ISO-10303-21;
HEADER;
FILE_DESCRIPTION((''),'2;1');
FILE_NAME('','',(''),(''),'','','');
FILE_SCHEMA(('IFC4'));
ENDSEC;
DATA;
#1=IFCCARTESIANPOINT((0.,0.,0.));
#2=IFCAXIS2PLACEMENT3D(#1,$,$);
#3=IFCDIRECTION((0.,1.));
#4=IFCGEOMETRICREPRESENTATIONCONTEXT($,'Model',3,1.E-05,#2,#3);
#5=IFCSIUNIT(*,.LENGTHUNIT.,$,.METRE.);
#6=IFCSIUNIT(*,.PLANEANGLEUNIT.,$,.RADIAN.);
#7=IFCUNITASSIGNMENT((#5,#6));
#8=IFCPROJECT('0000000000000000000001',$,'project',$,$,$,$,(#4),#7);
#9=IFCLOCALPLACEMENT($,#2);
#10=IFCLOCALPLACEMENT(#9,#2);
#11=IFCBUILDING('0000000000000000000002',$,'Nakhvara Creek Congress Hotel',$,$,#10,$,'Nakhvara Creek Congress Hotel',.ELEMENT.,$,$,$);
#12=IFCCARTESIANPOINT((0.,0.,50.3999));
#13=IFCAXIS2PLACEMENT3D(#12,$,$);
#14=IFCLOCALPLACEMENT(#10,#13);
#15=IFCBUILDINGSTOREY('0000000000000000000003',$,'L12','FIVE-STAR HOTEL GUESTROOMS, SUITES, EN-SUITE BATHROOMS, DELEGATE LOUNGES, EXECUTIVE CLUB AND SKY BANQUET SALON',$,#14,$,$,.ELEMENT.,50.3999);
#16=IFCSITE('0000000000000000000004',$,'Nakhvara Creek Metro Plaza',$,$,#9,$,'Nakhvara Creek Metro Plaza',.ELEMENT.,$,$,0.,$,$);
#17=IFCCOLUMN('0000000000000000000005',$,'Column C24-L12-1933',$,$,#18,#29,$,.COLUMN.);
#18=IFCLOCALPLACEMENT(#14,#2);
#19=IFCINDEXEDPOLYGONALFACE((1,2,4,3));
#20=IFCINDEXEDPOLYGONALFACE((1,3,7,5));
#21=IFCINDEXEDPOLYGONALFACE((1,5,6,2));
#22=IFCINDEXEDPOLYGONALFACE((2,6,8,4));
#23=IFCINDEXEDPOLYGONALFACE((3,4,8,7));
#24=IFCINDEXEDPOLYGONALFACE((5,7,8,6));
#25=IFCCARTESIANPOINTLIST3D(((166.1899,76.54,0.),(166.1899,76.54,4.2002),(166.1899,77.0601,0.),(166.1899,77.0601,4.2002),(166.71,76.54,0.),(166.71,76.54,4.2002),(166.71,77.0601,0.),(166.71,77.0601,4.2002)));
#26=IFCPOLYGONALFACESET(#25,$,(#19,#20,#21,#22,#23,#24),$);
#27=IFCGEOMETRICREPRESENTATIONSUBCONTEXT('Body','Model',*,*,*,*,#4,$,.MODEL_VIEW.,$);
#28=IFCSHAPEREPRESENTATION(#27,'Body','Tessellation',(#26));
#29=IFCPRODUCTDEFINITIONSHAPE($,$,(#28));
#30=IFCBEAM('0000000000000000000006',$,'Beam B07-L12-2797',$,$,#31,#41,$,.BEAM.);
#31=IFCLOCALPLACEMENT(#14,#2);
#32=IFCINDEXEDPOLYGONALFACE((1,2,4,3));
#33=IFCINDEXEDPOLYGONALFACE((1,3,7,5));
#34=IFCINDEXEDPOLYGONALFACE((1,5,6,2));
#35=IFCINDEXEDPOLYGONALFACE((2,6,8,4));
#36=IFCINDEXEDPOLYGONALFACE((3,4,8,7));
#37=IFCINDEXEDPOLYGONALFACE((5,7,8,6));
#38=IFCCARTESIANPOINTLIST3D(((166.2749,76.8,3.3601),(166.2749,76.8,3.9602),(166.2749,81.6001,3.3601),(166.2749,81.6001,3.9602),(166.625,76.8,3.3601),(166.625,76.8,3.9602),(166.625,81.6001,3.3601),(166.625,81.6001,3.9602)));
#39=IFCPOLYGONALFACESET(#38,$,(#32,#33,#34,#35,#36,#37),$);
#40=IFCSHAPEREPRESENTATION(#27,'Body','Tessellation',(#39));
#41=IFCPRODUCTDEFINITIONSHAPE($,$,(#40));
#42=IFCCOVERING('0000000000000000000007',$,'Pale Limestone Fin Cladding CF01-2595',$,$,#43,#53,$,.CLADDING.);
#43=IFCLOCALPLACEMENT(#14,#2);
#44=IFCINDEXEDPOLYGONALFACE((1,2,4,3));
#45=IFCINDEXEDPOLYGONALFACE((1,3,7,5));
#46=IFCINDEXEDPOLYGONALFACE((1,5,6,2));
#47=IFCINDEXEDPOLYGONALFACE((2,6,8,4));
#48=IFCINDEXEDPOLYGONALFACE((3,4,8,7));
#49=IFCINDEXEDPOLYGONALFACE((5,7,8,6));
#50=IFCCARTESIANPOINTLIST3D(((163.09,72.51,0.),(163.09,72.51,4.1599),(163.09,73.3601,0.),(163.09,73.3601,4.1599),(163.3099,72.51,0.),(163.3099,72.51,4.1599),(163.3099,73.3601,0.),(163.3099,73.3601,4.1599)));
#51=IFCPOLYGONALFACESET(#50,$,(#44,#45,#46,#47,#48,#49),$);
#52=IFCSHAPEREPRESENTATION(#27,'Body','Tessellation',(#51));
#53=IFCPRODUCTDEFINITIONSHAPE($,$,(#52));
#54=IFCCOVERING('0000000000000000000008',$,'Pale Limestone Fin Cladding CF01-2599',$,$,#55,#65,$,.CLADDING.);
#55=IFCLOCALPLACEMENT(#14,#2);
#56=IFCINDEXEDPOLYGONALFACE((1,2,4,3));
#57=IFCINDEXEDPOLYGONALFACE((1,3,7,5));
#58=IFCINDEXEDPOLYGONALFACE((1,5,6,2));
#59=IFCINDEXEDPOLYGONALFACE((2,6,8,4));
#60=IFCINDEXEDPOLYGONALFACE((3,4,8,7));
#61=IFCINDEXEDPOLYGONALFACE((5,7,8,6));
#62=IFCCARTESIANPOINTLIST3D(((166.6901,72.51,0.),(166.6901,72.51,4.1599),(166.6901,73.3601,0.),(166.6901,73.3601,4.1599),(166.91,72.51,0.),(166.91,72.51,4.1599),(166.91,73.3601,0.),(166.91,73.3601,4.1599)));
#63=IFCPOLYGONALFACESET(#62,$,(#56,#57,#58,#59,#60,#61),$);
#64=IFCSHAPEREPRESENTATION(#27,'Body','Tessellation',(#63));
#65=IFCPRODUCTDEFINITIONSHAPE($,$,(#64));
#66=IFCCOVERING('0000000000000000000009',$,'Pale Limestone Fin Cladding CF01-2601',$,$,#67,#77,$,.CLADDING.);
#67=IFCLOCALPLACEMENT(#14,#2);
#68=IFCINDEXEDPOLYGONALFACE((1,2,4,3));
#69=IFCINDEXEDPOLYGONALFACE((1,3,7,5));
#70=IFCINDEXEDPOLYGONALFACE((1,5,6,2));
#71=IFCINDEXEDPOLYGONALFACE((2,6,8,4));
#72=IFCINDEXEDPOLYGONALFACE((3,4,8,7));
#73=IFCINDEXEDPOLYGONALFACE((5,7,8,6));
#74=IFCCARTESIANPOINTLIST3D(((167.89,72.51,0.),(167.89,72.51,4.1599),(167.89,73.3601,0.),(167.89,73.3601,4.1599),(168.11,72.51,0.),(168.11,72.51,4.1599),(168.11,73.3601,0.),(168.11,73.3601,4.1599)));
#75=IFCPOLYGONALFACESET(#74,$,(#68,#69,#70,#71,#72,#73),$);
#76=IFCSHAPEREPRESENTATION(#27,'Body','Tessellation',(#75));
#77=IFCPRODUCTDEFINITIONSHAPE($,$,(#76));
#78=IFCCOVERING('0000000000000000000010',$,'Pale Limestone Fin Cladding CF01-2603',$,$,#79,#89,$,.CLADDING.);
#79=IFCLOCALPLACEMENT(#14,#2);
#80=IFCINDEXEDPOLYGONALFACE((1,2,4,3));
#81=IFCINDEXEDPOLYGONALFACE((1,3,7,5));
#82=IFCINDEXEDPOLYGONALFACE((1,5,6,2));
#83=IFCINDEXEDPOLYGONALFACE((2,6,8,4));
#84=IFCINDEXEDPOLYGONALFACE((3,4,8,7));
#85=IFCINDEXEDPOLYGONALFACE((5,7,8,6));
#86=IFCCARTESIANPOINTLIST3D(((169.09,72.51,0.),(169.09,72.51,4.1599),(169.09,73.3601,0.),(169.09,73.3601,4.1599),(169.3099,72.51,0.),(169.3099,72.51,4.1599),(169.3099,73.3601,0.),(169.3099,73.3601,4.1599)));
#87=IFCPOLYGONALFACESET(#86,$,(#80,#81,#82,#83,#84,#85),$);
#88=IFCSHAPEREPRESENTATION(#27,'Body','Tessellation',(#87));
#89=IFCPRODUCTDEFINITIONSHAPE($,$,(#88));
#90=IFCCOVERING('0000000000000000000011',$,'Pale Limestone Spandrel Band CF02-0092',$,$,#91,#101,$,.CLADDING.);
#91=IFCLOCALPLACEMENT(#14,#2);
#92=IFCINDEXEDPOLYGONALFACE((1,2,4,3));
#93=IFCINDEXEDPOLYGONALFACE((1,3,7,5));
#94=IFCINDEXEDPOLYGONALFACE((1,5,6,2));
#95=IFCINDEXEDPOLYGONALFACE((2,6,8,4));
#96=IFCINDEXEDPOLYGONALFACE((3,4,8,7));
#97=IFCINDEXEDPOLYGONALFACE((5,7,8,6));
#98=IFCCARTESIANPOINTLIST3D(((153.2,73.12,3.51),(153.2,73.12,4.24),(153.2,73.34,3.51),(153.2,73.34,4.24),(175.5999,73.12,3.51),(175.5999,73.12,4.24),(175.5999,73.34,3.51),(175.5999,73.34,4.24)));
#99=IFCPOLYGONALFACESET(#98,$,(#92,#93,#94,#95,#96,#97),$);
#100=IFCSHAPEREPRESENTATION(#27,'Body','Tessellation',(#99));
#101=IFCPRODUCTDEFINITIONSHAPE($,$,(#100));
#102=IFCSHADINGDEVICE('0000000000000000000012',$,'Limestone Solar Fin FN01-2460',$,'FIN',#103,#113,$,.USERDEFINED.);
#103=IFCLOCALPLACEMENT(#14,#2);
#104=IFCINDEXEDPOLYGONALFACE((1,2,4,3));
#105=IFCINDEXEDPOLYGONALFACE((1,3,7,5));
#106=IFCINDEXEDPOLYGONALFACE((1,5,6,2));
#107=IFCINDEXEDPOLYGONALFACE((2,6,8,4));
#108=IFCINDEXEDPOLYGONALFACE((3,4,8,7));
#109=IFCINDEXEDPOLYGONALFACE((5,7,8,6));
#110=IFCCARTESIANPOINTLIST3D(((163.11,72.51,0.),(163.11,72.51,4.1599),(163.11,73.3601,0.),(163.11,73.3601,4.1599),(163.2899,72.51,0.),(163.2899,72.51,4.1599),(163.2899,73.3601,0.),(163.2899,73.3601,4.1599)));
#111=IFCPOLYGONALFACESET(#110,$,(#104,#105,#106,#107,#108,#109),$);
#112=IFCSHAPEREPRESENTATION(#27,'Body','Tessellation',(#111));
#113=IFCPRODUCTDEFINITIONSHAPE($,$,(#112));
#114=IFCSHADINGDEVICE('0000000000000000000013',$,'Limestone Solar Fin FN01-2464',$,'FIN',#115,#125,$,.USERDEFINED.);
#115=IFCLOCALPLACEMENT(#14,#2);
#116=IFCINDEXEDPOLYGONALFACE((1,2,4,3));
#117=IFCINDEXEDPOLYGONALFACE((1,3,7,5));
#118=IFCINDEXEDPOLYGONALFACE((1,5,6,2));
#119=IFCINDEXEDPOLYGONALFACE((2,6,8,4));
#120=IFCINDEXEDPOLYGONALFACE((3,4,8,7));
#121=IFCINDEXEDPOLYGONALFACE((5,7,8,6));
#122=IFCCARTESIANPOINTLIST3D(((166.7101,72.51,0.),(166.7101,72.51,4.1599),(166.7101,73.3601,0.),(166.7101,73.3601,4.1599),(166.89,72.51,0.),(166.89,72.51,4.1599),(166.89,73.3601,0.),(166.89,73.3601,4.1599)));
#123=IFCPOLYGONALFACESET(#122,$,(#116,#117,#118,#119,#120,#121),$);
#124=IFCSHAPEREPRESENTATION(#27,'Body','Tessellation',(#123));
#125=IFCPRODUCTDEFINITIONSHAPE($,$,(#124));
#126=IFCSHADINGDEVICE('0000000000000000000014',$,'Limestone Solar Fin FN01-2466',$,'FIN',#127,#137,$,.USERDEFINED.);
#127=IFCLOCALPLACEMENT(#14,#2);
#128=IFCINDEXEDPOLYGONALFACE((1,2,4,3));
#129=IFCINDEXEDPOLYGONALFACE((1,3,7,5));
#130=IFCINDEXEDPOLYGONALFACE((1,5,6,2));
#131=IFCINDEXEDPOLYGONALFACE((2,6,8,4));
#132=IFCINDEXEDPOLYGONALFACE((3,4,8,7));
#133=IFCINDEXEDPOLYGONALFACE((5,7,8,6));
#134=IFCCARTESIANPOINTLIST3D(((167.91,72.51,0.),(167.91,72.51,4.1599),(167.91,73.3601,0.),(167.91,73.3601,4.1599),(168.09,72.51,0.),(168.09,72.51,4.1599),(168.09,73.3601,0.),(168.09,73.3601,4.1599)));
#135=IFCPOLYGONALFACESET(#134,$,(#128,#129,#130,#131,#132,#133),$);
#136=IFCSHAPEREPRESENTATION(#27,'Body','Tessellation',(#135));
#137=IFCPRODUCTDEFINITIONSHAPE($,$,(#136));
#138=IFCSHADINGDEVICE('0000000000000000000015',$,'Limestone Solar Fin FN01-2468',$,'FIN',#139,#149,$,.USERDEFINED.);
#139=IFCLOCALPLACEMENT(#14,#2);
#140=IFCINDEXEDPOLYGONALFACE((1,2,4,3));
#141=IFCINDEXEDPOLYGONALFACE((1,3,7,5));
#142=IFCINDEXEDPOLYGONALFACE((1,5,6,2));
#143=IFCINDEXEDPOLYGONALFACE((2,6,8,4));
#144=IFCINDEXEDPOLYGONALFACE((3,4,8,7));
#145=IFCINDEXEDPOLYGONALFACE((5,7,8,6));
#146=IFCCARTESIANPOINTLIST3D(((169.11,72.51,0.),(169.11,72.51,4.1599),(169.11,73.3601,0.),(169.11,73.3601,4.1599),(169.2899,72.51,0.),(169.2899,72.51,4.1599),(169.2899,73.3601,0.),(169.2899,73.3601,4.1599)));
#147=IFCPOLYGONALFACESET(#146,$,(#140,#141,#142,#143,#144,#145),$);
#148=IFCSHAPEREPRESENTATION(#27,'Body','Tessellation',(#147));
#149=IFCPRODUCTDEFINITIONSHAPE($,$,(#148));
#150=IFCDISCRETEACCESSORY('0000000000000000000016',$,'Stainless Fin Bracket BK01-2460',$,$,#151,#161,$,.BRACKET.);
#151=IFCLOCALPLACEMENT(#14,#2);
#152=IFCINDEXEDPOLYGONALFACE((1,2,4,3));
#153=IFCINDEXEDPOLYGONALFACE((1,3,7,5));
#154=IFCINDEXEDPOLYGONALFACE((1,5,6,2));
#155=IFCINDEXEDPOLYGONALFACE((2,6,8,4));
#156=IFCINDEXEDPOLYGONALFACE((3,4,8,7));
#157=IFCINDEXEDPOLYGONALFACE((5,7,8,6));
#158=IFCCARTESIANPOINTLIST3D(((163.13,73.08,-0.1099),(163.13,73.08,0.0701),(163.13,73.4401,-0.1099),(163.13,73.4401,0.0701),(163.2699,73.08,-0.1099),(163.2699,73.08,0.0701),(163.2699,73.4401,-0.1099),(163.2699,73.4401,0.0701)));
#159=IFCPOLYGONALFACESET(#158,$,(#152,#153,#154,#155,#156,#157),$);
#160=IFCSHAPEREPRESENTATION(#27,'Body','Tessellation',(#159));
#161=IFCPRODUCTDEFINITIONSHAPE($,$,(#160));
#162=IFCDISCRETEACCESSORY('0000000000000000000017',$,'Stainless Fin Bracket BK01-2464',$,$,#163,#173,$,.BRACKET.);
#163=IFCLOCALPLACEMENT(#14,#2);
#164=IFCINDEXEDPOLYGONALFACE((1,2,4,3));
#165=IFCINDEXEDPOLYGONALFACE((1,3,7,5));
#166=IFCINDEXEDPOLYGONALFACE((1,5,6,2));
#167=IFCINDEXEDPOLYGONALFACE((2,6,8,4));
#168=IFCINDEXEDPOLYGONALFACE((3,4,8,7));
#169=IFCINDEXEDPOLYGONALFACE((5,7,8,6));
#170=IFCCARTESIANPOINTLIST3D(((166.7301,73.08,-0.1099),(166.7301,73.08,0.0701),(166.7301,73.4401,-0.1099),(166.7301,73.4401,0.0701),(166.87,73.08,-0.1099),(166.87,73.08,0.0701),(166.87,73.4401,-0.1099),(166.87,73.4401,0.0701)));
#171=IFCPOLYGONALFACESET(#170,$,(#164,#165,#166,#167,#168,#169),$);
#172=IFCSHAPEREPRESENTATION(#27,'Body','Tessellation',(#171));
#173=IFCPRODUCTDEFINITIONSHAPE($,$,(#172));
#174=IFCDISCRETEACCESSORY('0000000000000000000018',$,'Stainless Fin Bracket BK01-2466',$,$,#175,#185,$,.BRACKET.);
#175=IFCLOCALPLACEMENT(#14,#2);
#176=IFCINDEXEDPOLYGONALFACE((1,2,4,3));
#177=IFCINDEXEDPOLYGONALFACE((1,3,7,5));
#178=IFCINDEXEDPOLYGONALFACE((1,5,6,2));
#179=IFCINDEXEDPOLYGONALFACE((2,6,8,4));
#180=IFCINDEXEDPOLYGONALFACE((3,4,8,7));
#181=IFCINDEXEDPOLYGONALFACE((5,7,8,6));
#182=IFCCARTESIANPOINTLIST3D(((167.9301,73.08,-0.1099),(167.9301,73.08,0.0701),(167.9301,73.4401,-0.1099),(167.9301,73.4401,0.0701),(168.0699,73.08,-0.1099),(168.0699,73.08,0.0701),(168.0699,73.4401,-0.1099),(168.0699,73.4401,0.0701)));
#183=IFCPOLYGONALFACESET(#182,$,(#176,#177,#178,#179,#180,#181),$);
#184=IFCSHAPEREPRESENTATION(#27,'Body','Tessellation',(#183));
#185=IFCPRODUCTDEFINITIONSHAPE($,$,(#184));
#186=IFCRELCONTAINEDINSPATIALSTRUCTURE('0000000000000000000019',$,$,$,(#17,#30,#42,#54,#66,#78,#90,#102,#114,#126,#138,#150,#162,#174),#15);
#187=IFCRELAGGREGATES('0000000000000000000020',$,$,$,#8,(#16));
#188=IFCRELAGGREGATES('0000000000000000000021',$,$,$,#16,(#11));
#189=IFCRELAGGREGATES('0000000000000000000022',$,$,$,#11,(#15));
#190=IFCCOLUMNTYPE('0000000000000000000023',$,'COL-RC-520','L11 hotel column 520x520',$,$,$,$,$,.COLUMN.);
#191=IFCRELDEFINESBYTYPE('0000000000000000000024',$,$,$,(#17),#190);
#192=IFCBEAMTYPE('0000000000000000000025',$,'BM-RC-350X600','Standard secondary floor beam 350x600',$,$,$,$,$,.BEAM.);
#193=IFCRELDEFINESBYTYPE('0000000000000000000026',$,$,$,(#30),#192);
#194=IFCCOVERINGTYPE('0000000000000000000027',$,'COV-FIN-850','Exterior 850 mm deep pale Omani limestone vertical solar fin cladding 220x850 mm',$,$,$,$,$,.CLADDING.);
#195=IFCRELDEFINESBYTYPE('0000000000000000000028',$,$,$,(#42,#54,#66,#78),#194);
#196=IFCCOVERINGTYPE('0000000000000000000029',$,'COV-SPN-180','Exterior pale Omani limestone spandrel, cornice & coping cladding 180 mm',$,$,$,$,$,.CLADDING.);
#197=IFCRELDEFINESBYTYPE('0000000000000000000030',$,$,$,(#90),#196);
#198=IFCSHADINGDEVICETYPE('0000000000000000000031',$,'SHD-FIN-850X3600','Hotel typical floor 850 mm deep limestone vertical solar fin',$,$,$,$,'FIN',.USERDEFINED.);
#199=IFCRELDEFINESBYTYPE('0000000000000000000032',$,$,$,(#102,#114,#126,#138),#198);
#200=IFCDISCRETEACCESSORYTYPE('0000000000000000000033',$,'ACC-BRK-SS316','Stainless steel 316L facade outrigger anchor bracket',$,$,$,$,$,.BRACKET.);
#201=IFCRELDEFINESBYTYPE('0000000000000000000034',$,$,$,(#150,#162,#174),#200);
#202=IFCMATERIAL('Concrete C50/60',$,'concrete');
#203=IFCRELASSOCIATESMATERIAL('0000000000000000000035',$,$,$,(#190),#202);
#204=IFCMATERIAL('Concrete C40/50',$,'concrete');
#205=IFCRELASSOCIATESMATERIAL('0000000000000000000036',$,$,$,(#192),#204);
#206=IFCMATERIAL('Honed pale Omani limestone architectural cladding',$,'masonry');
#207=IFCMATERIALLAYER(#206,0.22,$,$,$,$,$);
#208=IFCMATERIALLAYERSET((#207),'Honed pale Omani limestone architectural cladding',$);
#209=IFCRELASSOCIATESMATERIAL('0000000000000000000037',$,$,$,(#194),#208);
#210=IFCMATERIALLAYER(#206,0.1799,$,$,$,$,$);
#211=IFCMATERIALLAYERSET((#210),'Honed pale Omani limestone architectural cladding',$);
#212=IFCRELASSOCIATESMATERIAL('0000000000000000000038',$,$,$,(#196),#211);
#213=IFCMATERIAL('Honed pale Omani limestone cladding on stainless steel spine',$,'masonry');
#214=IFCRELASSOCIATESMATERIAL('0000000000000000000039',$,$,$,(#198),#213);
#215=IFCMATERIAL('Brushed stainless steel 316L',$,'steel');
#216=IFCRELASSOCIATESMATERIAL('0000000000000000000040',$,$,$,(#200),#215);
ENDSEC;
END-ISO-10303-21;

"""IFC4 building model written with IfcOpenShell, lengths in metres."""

from ifc_helpers import new_model, si_unit, direction, frame, origin, origin_2d, place, context, subcontext, project, spatial, rectangle, extrude, material, layer, layer_set, material_profile, profile_set, type_object, element, save


model = new_model("IFC4")

# Units and contexts
model_context = context("Model", 3, precision=1e-05, world=origin(), true_north=direction((0.0, 1.0)))
body_context = subcontext(model_context, "Body", "Model", "MODEL_VIEW")
ifc_project = project(units=[si_unit("LENGTHUNIT", "METRE"), si_unit("PLANEANGLEUNIT", "RADIAN")], contexts=[model_context])

# Site, building, storey
site_placement = place(None, origin())
site = spatial("IfcSite", under=ifc_project, at=site_placement, Name="Nakhvara Creek Metro Plaza", LongName="Nakhvara Creek Metro Plaza", CompositionType="ELEMENT", RefElevation=0.0)
building_placement = place(site_placement, origin())
building = spatial("IfcBuilding", under=site, at=building_placement, Name="Nakhvara Creek Congress Hotel", LongName="Nakhvara Creek Congress Hotel", CompositionType="ELEMENT")
storey_placement = place(building_placement, frame((0.0, 0.0, 50.3999)))
storey = spatial("IfcBuildingStorey", under=building, at=storey_placement, Name="L12", Description="FIVE-STAR HOTEL GUESTROOMS, SUITES, EN-SUITE BATHROOMS, DELEGATE LOUNGES, EXECUTIVE CLUB AND SKY BANQUET SALON", CompositionType="ELEMENT", Elevation=50.3999)

# Column
ifc_material_1 = material(Name="Concrete C50/60", Category="concrete")
ifc_material_profile_1 = material_profile(ifc_material_1, rectangle(XDim=0.52, YDim=0.52, at=origin_2d()), Name="RC-COL 520x520", Category="LoadBearing")
ifc_profile_set_1 = profile_set([ifc_material_profile_1], Name="Concrete C50/60")
column_type = type_object("IfcColumnType", Name="COL-RC-520", Description="L11 hotel column 520x520", PredefinedType="COLUMN", material=ifc_profile_set_1)
column_placement = place(storey_placement, frame((166.45, 76.8, 0.0), z_axis=(0.0, 0.0, 1.0), x_axis=(1.0, 0.0, 0.0)))
element("IfcColumn", 1, at=column_placement, inside=storey, type_object=column_type, Name="Column C24-L12-1933", PredefinedType="COLUMN", context=body_context, shape_type="SweptSolid", body=[
    extrude(rectangle(XDim=0.52, YDim=0.52, at=origin_2d()), origin(), (0.0, 0.0, 1.0), 4.2002),
])

# Beam
ifc_material_2 = material(Name="Concrete C40/50", Category="concrete")
ifc_material_profile_2 = material_profile(ifc_material_2, rectangle(XDim=0.3501, YDim=0.6001, at=origin_2d()), Name="RC-BM 350x600", Category="LoadBearing")
ifc_profile_set_2 = profile_set([ifc_material_profile_2], Name="Concrete C40/50")
beam_type = type_object("IfcBeamType", Name="BM-RC-350X600", Description="Standard secondary floor beam 350x600", PredefinedType="BEAM", material=ifc_profile_set_2)
beam_placement = place(storey_placement, frame((166.45, 76.8, 3.6602), z_axis=(0.0, 1.0, 0.0), x_axis=(-1.0, 0.0, 0.0)))
element("IfcBeam", 2, at=beam_placement, inside=storey, type_object=beam_type, Name="Beam B07-L12-2797", PredefinedType="BEAM", context=body_context, shape_type="SweptSolid", body=[
    extrude(rectangle(XDim=0.3501, YDim=0.6001, at=origin_2d()), origin(), (0.0, 0.0, 1.0), 4.8),
])

# Coverings
ifc_material_3 = material(Name="Honed pale Omani limestone architectural cladding", Category="masonry")
ifc_layer_1 = layer(ifc_material_3, 0.22)
ifc_layer_set_1 = layer_set([ifc_layer_1], Name="Honed pale Omani limestone architectural cladding")
covering_type_1 = type_object("IfcCoveringType", Name="COV-FIN-850", Description="Exterior 850 mm deep pale Omani limestone vertical solar fin cladding 220x850 mm", PredefinedType="CLADDING", material=ifc_layer_set_1)
for number, where, z_axis, x_axis, name in (
    (3, (163.2, 72.9351, 0.0), (0.0, 0.0, 1.0), (1.0, 0.0, 0.0), "Pale Limestone Fin Cladding CF01-2595"),
    (4, (166.8, 72.9351, 0.0), (0.0, 0.0, 1.0), (1.0, 0.0, 0.0), "Pale Limestone Fin Cladding CF01-2599"),
    (5, (168.0, 72.9351, 0.0), (0.0, 0.0, 1.0), (1.0, 0.0, 0.0), "Pale Limestone Fin Cladding CF01-2601"),
    (6, (169.2, 72.9351, 0.0), (0.0, 0.0, 1.0), (1.0, 0.0, 0.0), "Pale Limestone Fin Cladding CF01-2603"),
):
    element("IfcCovering", number, at=place(storey_placement, frame(where, z_axis=z_axis, x_axis=x_axis)), inside=storey, type_object=covering_type_1, Name=name, PredefinedType="CLADDING", context=body_context, shape_type="SweptSolid", body=[
        extrude(rectangle(XDim=0.22, YDim=0.8501, at=origin_2d()), origin(), (0.0, 0.0, 1.0), 4.1599),
    ])
ifc_layer_2 = layer(ifc_material_3, 0.1799)
ifc_layer_set_2 = layer_set([ifc_layer_2], Name="Honed pale Omani limestone architectural cladding")
covering_type_2 = type_object("IfcCoveringType", Name="COV-SPN-180", Description="Exterior pale Omani limestone spandrel, cornice & coping cladding 180 mm", PredefinedType="CLADDING", material=ifc_layer_set_2)
covering_placement = place(storey_placement, frame((164.3999, 73.23, 3.51), z_axis=(0.0, 0.0, 1.0), x_axis=(1.0, 0.0, 0.0)))
element("IfcCovering", 7, at=covering_placement, inside=storey, type_object=covering_type_2, Name="Pale Limestone Spandrel Band CF02-0092", PredefinedType="CLADDING", context=body_context, shape_type="SweptSolid", body=[
    extrude(rectangle(XDim=22.3999, YDim=0.22, at=origin_2d()), origin(), (0.0, 0.0, 1.0), 0.73),
])

# Shading devices
ifc_material_4 = material(Name="Honed pale Omani limestone cladding on stainless steel spine", Category="masonry")
shading_device_type = type_object("IfcShadingDeviceType", Name="SHD-FIN-850X3600", Description="Hotel typical floor 850 mm deep limestone vertical solar fin", ElementType="FIN", PredefinedType="USERDEFINED", material=ifc_material_4)
for number, where, z_axis, x_axis, name in (
    (8, (163.2, 72.9351, 0.0), (0.0, 0.0, 1.0), (1.0, 0.0, 0.0), "Limestone Solar Fin FN01-2460"),
    (9, (166.8, 72.9351, 0.0), (0.0, 0.0, 1.0), (1.0, 0.0, 0.0), "Limestone Solar Fin FN01-2464"),
    (10, (168.0, 72.9351, 0.0), (0.0, 0.0, 1.0), (1.0, 0.0, 0.0), "Limestone Solar Fin FN01-2466"),
    (11, (169.2, 72.9351, 0.0), (0.0, 0.0, 1.0), (1.0, 0.0, 0.0), "Limestone Solar Fin FN01-2468"),
):
    element("IfcShadingDevice", number, at=place(storey_placement, frame(where, z_axis=z_axis, x_axis=x_axis)), inside=storey, type_object=shading_device_type, Name=name, ObjectType="FIN", PredefinedType="USERDEFINED", context=body_context, shape_type="SweptSolid", body=[
        extrude(rectangle(XDim=0.1799, YDim=0.8501, at=origin_2d()), origin(), (0.0, 0.0, 1.0), 4.1599),
    ])

# Discrete accessories
ifc_material_5 = material(Name="Brushed stainless steel 316L", Category="steel")
discrete_accessory_type = type_object("IfcDiscreteAccessoryType", Name="ACC-BRK-SS316", Description="Stainless steel 316L facade outrigger anchor bracket", PredefinedType="BRACKET", material=ifc_material_5)
for number, where, z_axis, x_axis, name in (
    (12, (163.2, 73.26, -0.1099), (0.0, 0.0, 1.0), (1.0, 0.0, 0.0), "Stainless Fin Bracket BK01-2460"),
    (13, (166.8, 73.26, -0.1099), (0.0, 0.0, 1.0), (1.0, 0.0, 0.0), "Stainless Fin Bracket BK01-2464"),
    (14, (168.0, 73.26, -0.1099), (0.0, 0.0, 1.0), (1.0, 0.0, 0.0), "Stainless Fin Bracket BK01-2466"),
):
    element("IfcDiscreteAccessory", number, at=place(storey_placement, frame(where, z_axis=z_axis, x_axis=x_axis)), inside=storey, type_object=discrete_accessory_type, Name=name, PredefinedType="BRACKET", context=body_context, shape_type="SweptSolid", body=[
        extrude(rectangle(XDim=0.1399, YDim=0.3601, at=origin_2d()), origin(), (0.0, 0.0, 1.0), 0.1799),
    ])

save(model, "model.ifc")
